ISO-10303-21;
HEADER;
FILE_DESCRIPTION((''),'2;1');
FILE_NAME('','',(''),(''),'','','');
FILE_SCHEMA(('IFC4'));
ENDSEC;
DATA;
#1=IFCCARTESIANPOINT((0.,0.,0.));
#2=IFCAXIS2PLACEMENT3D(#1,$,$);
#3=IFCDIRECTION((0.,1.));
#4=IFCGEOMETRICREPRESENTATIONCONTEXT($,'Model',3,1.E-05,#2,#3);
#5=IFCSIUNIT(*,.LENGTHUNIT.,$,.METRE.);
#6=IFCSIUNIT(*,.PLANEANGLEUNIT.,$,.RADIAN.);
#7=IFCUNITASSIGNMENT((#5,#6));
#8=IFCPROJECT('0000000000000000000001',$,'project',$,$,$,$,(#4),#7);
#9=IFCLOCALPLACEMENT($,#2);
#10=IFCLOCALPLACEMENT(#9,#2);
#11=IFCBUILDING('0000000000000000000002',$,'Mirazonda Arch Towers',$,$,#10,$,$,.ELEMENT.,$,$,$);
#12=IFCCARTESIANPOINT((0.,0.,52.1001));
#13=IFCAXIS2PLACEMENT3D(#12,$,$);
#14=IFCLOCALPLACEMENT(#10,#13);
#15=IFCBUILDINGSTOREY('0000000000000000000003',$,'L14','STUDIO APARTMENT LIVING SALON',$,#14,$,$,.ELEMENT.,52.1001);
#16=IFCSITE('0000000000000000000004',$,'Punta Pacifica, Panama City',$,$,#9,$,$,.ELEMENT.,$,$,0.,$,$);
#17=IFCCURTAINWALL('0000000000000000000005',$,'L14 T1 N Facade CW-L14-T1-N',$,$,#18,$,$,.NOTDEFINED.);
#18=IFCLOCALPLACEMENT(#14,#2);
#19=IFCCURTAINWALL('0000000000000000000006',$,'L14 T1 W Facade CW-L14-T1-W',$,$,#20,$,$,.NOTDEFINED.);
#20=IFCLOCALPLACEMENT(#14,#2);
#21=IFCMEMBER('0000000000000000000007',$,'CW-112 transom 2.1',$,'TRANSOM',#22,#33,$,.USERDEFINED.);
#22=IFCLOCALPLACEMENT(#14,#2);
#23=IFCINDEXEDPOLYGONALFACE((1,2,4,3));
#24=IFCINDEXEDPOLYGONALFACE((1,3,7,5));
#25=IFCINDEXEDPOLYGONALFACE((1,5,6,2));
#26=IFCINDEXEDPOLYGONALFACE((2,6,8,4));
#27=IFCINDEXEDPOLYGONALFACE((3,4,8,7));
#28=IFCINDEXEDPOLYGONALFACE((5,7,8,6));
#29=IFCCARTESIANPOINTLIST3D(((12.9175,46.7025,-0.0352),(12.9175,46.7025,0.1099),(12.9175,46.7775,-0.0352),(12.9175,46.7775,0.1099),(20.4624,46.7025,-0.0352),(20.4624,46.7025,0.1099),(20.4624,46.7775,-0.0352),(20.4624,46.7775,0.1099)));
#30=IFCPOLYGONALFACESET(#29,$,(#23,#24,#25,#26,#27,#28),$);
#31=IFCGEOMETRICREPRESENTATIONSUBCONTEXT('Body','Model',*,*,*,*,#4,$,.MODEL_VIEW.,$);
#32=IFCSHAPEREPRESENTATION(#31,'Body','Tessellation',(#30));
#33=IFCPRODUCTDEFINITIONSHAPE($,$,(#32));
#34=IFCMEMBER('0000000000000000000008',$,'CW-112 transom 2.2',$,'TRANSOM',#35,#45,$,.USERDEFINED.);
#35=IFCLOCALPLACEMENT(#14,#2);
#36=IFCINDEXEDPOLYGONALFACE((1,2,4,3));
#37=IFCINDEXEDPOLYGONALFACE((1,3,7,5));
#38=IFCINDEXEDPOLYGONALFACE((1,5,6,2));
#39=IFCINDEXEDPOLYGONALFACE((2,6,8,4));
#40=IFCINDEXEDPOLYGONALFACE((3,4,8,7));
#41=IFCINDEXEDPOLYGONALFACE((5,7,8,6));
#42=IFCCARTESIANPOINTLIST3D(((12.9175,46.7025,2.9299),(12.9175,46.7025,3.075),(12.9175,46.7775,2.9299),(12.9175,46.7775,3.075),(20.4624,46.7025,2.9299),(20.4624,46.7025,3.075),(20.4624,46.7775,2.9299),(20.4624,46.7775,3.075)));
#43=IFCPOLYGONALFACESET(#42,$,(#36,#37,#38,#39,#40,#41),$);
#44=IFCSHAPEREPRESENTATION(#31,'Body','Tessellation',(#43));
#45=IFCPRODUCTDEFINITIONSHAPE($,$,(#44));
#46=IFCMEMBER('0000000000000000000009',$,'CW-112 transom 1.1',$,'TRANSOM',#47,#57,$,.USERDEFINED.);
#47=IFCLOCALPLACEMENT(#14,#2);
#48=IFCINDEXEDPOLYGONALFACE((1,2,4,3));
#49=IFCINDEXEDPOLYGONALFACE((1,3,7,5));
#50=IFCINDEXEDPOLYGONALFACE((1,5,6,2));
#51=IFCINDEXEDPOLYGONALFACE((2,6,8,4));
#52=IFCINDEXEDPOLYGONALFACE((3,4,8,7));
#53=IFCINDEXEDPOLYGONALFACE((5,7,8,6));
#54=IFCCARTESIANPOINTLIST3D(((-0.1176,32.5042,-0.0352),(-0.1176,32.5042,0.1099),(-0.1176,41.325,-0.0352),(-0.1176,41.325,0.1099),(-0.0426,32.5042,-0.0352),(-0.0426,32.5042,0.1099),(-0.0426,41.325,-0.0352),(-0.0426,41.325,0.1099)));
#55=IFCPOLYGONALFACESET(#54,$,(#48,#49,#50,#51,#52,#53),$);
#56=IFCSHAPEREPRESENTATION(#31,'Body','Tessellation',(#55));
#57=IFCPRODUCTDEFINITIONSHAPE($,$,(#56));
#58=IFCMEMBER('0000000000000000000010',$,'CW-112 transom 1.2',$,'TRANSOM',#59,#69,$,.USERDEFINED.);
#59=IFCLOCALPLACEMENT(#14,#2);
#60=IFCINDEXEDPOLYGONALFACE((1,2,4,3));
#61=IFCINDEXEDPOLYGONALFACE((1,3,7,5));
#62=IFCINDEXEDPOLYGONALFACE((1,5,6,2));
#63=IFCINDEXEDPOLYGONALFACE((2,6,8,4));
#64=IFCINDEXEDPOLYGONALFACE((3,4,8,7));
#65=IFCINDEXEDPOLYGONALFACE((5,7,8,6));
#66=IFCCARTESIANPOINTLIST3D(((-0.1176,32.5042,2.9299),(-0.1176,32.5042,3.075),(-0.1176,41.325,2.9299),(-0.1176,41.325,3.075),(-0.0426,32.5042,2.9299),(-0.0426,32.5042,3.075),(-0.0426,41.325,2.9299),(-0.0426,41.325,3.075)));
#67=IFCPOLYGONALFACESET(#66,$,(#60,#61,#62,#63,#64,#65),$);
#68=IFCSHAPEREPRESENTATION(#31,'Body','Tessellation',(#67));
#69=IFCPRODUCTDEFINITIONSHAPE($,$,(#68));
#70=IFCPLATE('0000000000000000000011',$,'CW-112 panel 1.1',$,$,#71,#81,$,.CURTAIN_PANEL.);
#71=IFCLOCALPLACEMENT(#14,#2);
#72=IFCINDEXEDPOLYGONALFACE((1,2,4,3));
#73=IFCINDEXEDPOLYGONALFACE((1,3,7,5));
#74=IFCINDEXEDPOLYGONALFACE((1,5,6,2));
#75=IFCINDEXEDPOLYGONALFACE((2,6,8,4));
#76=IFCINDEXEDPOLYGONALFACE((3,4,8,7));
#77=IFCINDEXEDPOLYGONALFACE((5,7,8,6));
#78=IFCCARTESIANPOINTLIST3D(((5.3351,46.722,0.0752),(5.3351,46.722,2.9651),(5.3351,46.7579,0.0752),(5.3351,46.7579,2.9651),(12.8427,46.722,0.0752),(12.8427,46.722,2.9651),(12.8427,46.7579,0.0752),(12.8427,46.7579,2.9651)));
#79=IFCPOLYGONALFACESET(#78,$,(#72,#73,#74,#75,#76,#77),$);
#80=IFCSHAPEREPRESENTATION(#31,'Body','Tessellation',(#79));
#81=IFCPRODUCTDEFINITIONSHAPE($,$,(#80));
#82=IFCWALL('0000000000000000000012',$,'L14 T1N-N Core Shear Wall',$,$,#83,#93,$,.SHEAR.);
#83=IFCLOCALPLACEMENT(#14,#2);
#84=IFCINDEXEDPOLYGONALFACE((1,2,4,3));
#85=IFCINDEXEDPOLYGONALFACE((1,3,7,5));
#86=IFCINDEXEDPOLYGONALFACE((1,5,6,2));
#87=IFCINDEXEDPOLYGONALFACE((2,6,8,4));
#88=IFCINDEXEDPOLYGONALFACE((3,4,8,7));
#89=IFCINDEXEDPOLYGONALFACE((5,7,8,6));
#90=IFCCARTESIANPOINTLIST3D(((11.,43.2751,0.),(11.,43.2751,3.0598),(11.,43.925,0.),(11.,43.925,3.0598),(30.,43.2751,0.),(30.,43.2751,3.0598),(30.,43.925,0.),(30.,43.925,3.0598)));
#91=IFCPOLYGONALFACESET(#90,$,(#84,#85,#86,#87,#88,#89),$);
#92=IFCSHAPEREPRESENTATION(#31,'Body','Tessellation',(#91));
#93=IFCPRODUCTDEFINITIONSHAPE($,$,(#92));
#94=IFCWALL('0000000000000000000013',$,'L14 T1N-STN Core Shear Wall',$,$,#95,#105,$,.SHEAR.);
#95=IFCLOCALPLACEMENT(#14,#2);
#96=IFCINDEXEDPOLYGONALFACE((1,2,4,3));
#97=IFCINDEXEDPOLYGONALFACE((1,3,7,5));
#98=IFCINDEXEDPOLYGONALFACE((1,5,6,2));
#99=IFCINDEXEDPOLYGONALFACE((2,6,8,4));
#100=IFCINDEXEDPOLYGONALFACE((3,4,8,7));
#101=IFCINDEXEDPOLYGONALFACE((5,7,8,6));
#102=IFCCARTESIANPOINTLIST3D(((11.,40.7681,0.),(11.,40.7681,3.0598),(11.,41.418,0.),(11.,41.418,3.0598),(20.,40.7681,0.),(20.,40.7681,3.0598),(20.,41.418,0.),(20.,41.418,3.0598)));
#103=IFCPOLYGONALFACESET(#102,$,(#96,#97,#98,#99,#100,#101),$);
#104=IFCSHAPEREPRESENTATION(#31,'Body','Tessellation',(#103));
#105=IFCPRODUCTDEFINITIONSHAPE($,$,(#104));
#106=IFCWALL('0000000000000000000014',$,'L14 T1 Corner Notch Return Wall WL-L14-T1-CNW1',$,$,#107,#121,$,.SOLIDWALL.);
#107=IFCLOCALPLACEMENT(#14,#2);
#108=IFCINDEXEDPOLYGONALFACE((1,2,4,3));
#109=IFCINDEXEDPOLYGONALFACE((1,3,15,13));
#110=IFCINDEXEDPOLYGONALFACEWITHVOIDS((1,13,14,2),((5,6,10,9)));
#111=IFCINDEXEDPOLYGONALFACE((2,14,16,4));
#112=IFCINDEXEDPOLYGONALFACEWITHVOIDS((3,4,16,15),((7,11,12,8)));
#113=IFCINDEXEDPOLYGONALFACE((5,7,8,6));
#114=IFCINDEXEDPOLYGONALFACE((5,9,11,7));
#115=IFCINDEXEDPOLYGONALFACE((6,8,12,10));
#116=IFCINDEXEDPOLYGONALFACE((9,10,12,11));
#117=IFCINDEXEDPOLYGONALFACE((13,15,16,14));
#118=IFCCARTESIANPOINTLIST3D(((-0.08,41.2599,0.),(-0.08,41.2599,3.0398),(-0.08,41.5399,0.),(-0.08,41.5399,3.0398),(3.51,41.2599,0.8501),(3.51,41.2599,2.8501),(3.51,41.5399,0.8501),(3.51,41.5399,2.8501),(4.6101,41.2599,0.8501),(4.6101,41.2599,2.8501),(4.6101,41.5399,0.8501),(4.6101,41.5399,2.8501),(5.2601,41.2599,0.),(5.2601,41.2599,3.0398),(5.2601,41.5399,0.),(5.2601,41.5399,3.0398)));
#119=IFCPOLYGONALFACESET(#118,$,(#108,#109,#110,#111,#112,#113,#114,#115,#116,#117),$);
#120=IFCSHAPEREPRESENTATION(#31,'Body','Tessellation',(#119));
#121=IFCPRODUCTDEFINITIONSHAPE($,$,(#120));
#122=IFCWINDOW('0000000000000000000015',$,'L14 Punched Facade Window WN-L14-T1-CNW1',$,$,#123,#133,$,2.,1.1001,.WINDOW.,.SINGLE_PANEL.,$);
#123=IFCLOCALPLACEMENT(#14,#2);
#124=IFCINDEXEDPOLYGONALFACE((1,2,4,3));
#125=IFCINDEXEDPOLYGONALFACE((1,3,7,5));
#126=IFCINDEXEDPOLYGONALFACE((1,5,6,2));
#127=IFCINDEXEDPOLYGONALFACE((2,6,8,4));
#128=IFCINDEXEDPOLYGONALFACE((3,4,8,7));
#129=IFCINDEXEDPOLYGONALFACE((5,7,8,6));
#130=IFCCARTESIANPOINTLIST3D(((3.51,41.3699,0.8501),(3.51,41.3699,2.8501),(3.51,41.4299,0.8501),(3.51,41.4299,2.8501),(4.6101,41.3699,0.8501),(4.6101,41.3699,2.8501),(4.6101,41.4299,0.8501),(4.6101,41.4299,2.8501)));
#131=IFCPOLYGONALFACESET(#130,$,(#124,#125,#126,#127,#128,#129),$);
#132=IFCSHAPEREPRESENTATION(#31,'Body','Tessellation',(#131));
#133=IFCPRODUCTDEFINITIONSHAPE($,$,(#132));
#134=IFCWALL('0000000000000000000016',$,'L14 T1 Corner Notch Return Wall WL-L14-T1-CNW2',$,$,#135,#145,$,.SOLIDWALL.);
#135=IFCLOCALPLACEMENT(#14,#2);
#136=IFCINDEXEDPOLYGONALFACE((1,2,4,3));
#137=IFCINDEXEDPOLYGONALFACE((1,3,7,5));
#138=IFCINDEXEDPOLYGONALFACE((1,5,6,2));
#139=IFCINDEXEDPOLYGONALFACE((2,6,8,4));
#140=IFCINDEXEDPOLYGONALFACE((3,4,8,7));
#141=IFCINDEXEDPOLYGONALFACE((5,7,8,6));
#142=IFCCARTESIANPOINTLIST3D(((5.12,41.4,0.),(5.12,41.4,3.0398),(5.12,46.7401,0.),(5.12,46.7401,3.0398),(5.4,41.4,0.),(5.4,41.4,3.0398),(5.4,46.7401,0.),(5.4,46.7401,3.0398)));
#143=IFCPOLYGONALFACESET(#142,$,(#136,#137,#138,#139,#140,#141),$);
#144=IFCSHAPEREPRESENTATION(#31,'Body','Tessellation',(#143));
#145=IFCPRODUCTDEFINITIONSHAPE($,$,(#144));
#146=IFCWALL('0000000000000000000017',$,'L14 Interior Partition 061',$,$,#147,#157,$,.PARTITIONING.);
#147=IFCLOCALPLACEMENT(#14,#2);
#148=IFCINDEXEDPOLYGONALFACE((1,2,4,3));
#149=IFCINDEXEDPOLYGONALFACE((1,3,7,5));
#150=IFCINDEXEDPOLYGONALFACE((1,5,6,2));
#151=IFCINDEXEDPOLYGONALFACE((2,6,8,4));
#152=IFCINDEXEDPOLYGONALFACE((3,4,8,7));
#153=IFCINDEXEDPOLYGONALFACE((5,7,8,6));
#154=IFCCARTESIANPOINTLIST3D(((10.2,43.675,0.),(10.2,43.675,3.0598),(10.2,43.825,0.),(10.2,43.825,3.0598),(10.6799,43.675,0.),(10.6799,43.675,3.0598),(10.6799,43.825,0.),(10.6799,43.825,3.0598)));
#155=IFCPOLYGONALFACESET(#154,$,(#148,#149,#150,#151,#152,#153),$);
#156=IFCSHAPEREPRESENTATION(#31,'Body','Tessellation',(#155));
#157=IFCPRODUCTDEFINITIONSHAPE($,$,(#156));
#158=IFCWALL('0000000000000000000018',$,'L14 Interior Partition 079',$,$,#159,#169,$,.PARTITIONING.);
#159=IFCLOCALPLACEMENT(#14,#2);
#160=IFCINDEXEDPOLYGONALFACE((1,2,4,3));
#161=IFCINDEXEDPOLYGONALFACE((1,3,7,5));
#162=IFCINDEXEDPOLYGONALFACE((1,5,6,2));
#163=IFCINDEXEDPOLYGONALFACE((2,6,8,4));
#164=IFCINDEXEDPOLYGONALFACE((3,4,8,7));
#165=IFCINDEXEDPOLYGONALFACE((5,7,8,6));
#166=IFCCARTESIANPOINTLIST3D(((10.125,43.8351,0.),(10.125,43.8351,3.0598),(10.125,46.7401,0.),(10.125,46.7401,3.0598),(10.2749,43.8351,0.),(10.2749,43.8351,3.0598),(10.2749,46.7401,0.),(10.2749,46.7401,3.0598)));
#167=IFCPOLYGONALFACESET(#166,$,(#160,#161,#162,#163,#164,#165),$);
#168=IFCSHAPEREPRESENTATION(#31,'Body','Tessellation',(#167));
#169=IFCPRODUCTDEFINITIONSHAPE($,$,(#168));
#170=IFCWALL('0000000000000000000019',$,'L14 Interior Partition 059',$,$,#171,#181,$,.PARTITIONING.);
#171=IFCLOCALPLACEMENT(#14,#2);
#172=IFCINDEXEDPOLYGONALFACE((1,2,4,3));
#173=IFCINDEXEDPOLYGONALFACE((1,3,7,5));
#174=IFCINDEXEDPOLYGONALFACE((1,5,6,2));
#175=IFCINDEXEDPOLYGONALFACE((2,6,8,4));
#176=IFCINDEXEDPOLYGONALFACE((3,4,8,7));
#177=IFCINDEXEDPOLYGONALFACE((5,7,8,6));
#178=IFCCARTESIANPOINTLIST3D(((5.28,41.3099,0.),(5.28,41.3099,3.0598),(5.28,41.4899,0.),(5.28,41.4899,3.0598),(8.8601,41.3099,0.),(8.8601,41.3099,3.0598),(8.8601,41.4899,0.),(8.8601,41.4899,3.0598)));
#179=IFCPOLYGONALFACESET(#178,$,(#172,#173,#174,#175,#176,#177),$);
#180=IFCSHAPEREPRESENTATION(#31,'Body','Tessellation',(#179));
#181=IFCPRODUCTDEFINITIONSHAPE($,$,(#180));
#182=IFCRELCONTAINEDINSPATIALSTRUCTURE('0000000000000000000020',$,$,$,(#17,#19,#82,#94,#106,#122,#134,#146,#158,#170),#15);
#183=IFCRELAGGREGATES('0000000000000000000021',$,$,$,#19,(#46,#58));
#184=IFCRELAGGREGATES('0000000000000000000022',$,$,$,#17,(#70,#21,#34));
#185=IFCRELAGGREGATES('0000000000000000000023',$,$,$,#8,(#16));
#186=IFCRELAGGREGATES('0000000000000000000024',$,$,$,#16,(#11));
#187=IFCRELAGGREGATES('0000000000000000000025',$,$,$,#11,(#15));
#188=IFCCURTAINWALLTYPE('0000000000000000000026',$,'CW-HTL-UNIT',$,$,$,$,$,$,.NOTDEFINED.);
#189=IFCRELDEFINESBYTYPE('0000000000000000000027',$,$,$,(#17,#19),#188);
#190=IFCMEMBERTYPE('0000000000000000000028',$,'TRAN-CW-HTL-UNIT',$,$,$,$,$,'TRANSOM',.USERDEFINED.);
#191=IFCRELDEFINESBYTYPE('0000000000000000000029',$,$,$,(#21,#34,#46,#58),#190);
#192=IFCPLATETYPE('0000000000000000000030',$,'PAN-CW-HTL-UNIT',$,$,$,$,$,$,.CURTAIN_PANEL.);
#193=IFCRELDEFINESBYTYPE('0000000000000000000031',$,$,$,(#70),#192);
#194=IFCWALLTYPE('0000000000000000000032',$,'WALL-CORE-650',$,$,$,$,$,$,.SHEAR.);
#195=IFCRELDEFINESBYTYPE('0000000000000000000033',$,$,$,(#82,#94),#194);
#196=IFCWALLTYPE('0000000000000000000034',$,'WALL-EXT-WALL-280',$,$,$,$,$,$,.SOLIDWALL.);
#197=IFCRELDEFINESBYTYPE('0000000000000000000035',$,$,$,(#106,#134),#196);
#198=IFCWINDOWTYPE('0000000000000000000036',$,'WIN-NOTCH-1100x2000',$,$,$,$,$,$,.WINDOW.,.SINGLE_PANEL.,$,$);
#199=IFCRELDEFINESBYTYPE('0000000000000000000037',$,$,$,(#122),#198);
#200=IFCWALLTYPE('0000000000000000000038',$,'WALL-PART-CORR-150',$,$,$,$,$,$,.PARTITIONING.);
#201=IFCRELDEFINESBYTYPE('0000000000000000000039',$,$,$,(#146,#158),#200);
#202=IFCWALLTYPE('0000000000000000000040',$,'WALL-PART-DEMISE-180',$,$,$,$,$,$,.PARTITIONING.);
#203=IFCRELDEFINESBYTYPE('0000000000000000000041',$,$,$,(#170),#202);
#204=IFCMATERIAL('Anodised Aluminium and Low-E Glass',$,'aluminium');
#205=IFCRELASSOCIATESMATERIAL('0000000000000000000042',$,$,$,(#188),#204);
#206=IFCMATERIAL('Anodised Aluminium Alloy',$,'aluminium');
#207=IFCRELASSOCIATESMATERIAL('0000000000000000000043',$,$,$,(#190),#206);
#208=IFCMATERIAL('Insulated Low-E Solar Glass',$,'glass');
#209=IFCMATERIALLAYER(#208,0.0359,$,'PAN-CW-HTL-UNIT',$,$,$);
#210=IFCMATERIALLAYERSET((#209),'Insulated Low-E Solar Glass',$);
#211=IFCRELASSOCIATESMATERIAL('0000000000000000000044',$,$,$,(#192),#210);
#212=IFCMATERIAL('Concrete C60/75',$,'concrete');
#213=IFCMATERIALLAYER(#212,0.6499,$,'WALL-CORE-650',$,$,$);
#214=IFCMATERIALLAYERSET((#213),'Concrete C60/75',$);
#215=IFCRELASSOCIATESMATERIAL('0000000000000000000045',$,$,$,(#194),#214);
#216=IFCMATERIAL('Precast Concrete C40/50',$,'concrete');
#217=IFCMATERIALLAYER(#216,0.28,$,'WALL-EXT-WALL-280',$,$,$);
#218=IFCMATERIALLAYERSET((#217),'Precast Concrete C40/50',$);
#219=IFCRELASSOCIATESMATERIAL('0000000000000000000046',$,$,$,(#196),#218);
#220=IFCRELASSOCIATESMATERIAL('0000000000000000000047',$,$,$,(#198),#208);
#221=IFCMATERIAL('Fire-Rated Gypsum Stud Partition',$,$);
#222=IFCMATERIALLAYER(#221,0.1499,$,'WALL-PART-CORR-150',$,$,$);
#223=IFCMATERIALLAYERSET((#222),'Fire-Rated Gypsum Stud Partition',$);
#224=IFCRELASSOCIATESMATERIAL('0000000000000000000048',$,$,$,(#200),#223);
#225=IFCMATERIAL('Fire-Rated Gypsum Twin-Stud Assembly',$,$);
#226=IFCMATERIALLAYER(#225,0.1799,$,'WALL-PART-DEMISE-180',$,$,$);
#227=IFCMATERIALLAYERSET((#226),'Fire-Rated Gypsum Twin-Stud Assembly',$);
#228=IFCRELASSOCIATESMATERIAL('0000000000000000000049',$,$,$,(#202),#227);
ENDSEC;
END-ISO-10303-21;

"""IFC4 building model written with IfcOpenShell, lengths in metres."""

from ifc_helpers import new_model, si_unit, direction, frame, frame_2d, origin, origin_2d, place, context, subcontext, project, spatial, rectangle, extrude, material, layer, layer_set, material_profile, profile_set, type_object, element, fill, aggregate, save


model = new_model("IFC4")

# Units and contexts
model_context = context("Model", 3, precision=1e-05, world=origin(), true_north=direction((0.0, 1.0)))
body_context = subcontext(model_context, "Body", "Model", "MODEL_VIEW")
ifc_project = project(units=[si_unit("LENGTHUNIT", "METRE"), si_unit("PLANEANGLEUNIT", "RADIAN")], contexts=[model_context])

# Site, building, storey
site_placement = place(None, origin())
site = spatial("IfcSite", under=ifc_project, at=site_placement, Name="Punta Pacifica, Panama City", CompositionType="ELEMENT", RefElevation=0.0)
building_placement = place(site_placement, origin())
building = spatial("IfcBuilding", under=site, at=building_placement, Name="Mirazonda Arch Towers", CompositionType="ELEMENT")
storey_placement = place(building_placement, frame((0.0, 0.0, 52.1001)))
storey = spatial("IfcBuildingStorey", under=building, at=storey_placement, Name="L14", Description="STUDIO APARTMENT LIVING SALON", CompositionType="ELEMENT", Elevation=52.1001)

# Shared definitions
ifc_material_1 = material(Name="Concrete C60/75", Category="concrete")

# Curtain wall
ifc_material_2 = material(Name="Anodised Aluminium and Low-E Glass", Category="aluminium")
curtain_wall_type = type_object("IfcCurtainWallType", Name="CW-HTL-UNIT", PredefinedType="NOTDEFINED", material=ifc_material_2)
curtain_wall_1_placement = place(storey_placement, origin())
curtain_wall_1 = element("IfcCurtainWall", 1, at=curtain_wall_1_placement, inside=storey, type_object=curtain_wall_type, Name="L14 T1 N Facade CW-L14-T1-N", PredefinedType="NOTDEFINED")
ifc_material_3 = material(Name="Anodised Aluminium Alloy", Category="aluminium")

# Curtain wall
curtain_wall_2_placement = place(storey_placement, origin())
curtain_wall_2 = element("IfcCurtainWall", 2, at=curtain_wall_2_placement, inside=storey, type_object=curtain_wall_type, Name="L14 T1 W Facade CW-L14-T1-W", PredefinedType="NOTDEFINED")

# Members
ifc_material_profile_1 = material_profile(ifc_material_3, rectangle(XDim=0.075, YDim=0.145, at=origin_2d()), Name="ALU-TRAN-75x145")
ifc_profile_set_1 = profile_set([ifc_material_profile_1], Name="Anodised Aluminium Alloy")
member_type_1 = type_object("IfcMemberType", Name="TRAN-CW-HTL-UNIT", ElementType="TRANSOM", PredefinedType="USERDEFINED", material=ifc_profile_set_1)
member_1_placement = place(storey_placement, frame((12.9175, 46.74, 0.0374), z_axis=(1.0, 0.0, 0.0), x_axis=(0.0, 1.0, 0.0)))
member_1 = element("IfcMember", 3, at=member_1_placement, type_object=member_type_1, Name="CW-112 transom 2.1", ObjectType="TRANSOM", PredefinedType="USERDEFINED", context=body_context, shape_type="SweptSolid", body=[
    extrude(rectangle(XDim=0.075, YDim=0.145, at=origin_2d()), origin(), (0.0, 0.0, 1.0), 7.5449),
])
member_2_placement = place(storey_placement, frame((12.9175, 46.74, 3.0024), z_axis=(1.0, 0.0, 0.0), x_axis=(0.0, 1.0, 0.0)))
member_2 = element("IfcMember", 4, at=member_2_placement, type_object=member_type_1, Name="CW-112 transom 2.2", ObjectType="TRANSOM", PredefinedType="USERDEFINED", context=body_context, shape_type="SweptSolid", body=[
    extrude(rectangle(XDim=0.075, YDim=0.145, at=origin_2d()), origin(), (0.0, 0.0, 1.0), 7.5449),
])
member_3_placement = place(storey_placement, frame((-0.0801, 41.325, 0.0374), z_axis=(0.0, -1.0, 0.0), x_axis=(1.0, 0.0, 0.0)))
member_3 = element("IfcMember", 5, at=member_3_placement, type_object=member_type_1, Name="CW-112 transom 1.1", ObjectType="TRANSOM", PredefinedType="USERDEFINED", context=body_context, shape_type="SweptSolid", body=[
    extrude(rectangle(XDim=0.075, YDim=0.145, at=origin_2d()), origin(), (0.0, 0.0, 1.0), 8.8208),
])
member_4_placement = place(storey_placement, frame((-0.0801, 41.325, 3.0024), z_axis=(0.0, -1.0, 0.0), x_axis=(1.0, 0.0, 0.0)))
member_4 = element("IfcMember", 6, at=member_4_placement, type_object=member_type_1, Name="CW-112 transom 1.2", ObjectType="TRANSOM", PredefinedType="USERDEFINED", context=body_context, shape_type="SweptSolid", body=[
    extrude(rectangle(XDim=0.075, YDim=0.145, at=origin_2d()), origin(), (0.0, 0.0, 1.0), 8.8208),
])
aggregate(curtain_wall_2, [member_3, member_4])

# Plate
ifc_material_4 = material(Name="Insulated Low-E Solar Glass", Category="glass")
ifc_layer_1 = layer(ifc_material_4, 0.0359, Name="PAN-CW-HTL-UNIT")
ifc_layer_set_1 = layer_set([ifc_layer_1], Name="Insulated Low-E Solar Glass")
plate_type = type_object("IfcPlateType", Name="PAN-CW-HTL-UNIT", PredefinedType="CURTAIN_PANEL", material=ifc_layer_set_1)
plate_placement = place(storey_placement, frame((9.0889, 46.74, 0.0752), z_axis=(0.0, 0.0, 1.0), x_axis=(1.0, 0.0, 0.0)))
plate = element("IfcPlate", 7, at=plate_placement, type_object=plate_type, Name="CW-112 panel 1.1", PredefinedType="CURTAIN_PANEL", context=body_context, shape_type="SweptSolid", body=[
    extrude(rectangle(XDim=7.5076, YDim=0.0359, at=origin_2d()), origin(), (0.0, 0.0, 1.0), 2.8899),
])
aggregate(curtain_wall_1, [plate, member_1, member_2])

# Walls
ifc_layer_2 = layer(ifc_material_1, 0.6499, Name="WALL-CORE-650")
ifc_layer_set_2 = layer_set([ifc_layer_2], Name="Concrete C60/75")
wall_type_1 = type_object("IfcWallType", Name="WALL-CORE-650", PredefinedType="SHEAR", material=ifc_layer_set_2)
wall_1_placement = place(storey_placement, frame((11.0, 43.6001, 0.0), z_axis=(0.0, 0.0, 1.0), x_axis=(1.0, 0.0, 0.0)))
element("IfcWall", 8, at=wall_1_placement, inside=storey, type_object=wall_type_1, Name="L14 T1N-N Core Shear Wall", PredefinedType="SHEAR", context=body_context, shape_type="SweptSolid", body=[
    extrude(rectangle(XDim=19.0, YDim=0.6499, at=frame_2d((9.5, 0.0))), origin(), (0.0, 0.0, 1.0), 3.0598),
])
wall_2_placement = place(storey_placement, frame((11.0, 41.093, 0.0), z_axis=(0.0, 0.0, 1.0), x_axis=(1.0, 0.0, 0.0)))
element("IfcWall", 9, at=wall_2_placement, inside=storey, type_object=wall_type_1, Name="L14 T1N-STN Core Shear Wall", PredefinedType="SHEAR", context=body_context, shape_type="SweptSolid", body=[
    extrude(rectangle(XDim=9.0, YDim=0.6499, at=frame_2d((4.5, 0.0))), origin(), (0.0, 0.0, 1.0), 3.0598),
])

# Wall, opening, window
ifc_material_5 = material(Name="Precast Concrete C40/50", Category="concrete")
ifc_layer_3 = layer(ifc_material_5, 0.28, Name="WALL-EXT-WALL-280")
ifc_layer_set_3 = layer_set([ifc_layer_3], Name="Precast Concrete C40/50")
wall_type_2 = type_object("IfcWallType", Name="WALL-EXT-WALL-280", PredefinedType="SOLIDWALL", material=ifc_layer_set_3)
wall_3_placement = place(storey_placement, frame((5.26, 41.3999, 0.0), z_axis=(0.0, 0.0, 1.0), x_axis=(-1.0, 0.0, 0.0)))
wall_3 = element("IfcWall", 10, at=wall_3_placement, inside=storey, type_object=wall_type_2, Name="L14 T1 Corner Notch Return Wall WL-L14-T1-CNW1", PredefinedType="SOLIDWALL", context=body_context, shape_type="SweptSolid", body=[
    extrude(rectangle(XDim=5.3401, YDim=0.28, at=frame_2d((2.6699, 0.0))), origin(), (0.0, 0.0, 1.0), 3.0398),
])
opening_1_placement = place(wall_3_placement, frame((0.6499, 0.0, 0.8501)))
opening_1 = element("IfcOpeningElement", 11, at=opening_1_placement, cuts=wall_3, PredefinedType="OPENING", context=body_context, shape_type="SweptSolid", body=[
    extrude(rectangle(XDim=1.1001, YDim=2.0, at=frame_2d((0.55, 1.0))), frame((0.0, 0.1499, 0.0), z_axis=(0.0, -1.0, 0.0), x_axis=(1.0, 0.0, 0.0)), (0.0, 0.0, 1.0), 0.3),
])
window_type = type_object("IfcWindowType", Name="WIN-NOTCH-1100x2000", PartitioningType="SINGLE_PANEL", PredefinedType="WINDOW", material=ifc_material_4)
window_placement = place(opening_1_placement, origin())
window = element("IfcWindow", 12, at=window_placement, inside=storey, type_object=window_type, Name="L14 Punched Facade Window WN-L14-T1-CNW1", OverallHeight=2.0, OverallWidth=1.1001, PartitioningType="SINGLE_PANEL", PredefinedType="WINDOW", context=body_context, shape_type="SweptSolid", body=[
    extrude(rectangle(XDim=1.1001, YDim=2.0, at=frame_2d((0.55, 1.0))), frame((0.0, 0.03, 0.0), z_axis=(0.0, -1.0, 0.0), x_axis=(1.0, 0.0, 0.0)), (0.0, 0.0, 1.0), 0.0601),
])
fill(opening_1, window)

# Walls
wall_4_placement = place(storey_placement, frame((5.26, 46.74, 0.0), z_axis=(0.0, 0.0, 1.0), x_axis=(0.0, -1.0, 0.0)))
element("IfcWall", 13, at=wall_4_placement, inside=storey, type_object=wall_type_2, Name="L14 T1 Corner Notch Return Wall WL-L14-T1-CNW2", PredefinedType="SOLIDWALL", context=body_context, shape_type="SweptSolid", body=[
    extrude(rectangle(XDim=5.3401, YDim=0.28, at=frame_2d((2.6699, 0.0))), origin(), (0.0, 0.0, 1.0), 3.0398),
])
ifc_material_6 = material(Name="Fire-Rated Gypsum Stud Partition")
ifc_layer_4 = layer(ifc_material_6, 0.1499, Name="WALL-PART-CORR-150")
ifc_layer_set_4 = layer_set([ifc_layer_4], Name="Fire-Rated Gypsum Stud Partition")
wall_type_3 = type_object("IfcWallType", Name="WALL-PART-CORR-150", PredefinedType="PARTITIONING", material=ifc_layer_set_4)
wall_5_placement = place(storey_placement, frame((10.2, 43.75, 0.0), z_axis=(0.0, 0.0, 1.0), x_axis=(1.0, 0.0, 0.0)))
element("IfcWall", 14, at=wall_5_placement, inside=storey, type_object=wall_type_3, Name="L14 Interior Partition 061", PredefinedType="PARTITIONING", context=body_context, shape_type="SweptSolid", body=[
    extrude(rectangle(XDim=0.48, YDim=0.1499, at=frame_2d((0.24, 0.0))), origin(), (0.0, 0.0, 1.0), 3.0598),
])
wall_6_placement = place(storey_placement, frame((10.2, 43.835, 0.0), z_axis=(0.0, 0.0, 1.0), x_axis=(0.0, 1.0, 0.0)))
element("IfcWall", 15, at=wall_6_placement, inside=storey, type_object=wall_type_3, Name="L14 Interior Partition 079", PredefinedType="PARTITIONING", context=body_context, shape_type="SweptSolid", body=[
    extrude(rectangle(XDim=2.905, YDim=0.1499, at=frame_2d((1.4526, 0.0))), origin(), (0.0, 0.0, 1.0), 3.0598),
])
ifc_material_7 = material(Name="Fire-Rated Gypsum Twin-Stud Assembly")
ifc_layer_5 = layer(ifc_material_7, 0.1799, Name="WALL-PART-DEMISE-180")
ifc_layer_set_5 = layer_set([ifc_layer_5], Name="Fire-Rated Gypsum Twin-Stud Assembly")
wall_type_4 = type_object("IfcWallType", Name="WALL-PART-DEMISE-180", PredefinedType="PARTITIONING", material=ifc_layer_set_5)
wall_7_placement = place(storey_placement, frame((5.28, 41.3999, 0.0), z_axis=(0.0, 0.0, 1.0), x_axis=(1.0, 0.0, 0.0)))
element("IfcWall", 16, at=wall_7_placement, inside=storey, type_object=wall_type_4, Name="L14 Interior Partition 059", PredefinedType="PARTITIONING", context=body_context, shape_type="SweptSolid", body=[
    extrude(rectangle(XDim=3.5801, YDim=0.1799, at=frame_2d((1.79, 0.0))), origin(), (0.0, 0.0, 1.0), 3.0598),
])

save(model, "model.ifc")
